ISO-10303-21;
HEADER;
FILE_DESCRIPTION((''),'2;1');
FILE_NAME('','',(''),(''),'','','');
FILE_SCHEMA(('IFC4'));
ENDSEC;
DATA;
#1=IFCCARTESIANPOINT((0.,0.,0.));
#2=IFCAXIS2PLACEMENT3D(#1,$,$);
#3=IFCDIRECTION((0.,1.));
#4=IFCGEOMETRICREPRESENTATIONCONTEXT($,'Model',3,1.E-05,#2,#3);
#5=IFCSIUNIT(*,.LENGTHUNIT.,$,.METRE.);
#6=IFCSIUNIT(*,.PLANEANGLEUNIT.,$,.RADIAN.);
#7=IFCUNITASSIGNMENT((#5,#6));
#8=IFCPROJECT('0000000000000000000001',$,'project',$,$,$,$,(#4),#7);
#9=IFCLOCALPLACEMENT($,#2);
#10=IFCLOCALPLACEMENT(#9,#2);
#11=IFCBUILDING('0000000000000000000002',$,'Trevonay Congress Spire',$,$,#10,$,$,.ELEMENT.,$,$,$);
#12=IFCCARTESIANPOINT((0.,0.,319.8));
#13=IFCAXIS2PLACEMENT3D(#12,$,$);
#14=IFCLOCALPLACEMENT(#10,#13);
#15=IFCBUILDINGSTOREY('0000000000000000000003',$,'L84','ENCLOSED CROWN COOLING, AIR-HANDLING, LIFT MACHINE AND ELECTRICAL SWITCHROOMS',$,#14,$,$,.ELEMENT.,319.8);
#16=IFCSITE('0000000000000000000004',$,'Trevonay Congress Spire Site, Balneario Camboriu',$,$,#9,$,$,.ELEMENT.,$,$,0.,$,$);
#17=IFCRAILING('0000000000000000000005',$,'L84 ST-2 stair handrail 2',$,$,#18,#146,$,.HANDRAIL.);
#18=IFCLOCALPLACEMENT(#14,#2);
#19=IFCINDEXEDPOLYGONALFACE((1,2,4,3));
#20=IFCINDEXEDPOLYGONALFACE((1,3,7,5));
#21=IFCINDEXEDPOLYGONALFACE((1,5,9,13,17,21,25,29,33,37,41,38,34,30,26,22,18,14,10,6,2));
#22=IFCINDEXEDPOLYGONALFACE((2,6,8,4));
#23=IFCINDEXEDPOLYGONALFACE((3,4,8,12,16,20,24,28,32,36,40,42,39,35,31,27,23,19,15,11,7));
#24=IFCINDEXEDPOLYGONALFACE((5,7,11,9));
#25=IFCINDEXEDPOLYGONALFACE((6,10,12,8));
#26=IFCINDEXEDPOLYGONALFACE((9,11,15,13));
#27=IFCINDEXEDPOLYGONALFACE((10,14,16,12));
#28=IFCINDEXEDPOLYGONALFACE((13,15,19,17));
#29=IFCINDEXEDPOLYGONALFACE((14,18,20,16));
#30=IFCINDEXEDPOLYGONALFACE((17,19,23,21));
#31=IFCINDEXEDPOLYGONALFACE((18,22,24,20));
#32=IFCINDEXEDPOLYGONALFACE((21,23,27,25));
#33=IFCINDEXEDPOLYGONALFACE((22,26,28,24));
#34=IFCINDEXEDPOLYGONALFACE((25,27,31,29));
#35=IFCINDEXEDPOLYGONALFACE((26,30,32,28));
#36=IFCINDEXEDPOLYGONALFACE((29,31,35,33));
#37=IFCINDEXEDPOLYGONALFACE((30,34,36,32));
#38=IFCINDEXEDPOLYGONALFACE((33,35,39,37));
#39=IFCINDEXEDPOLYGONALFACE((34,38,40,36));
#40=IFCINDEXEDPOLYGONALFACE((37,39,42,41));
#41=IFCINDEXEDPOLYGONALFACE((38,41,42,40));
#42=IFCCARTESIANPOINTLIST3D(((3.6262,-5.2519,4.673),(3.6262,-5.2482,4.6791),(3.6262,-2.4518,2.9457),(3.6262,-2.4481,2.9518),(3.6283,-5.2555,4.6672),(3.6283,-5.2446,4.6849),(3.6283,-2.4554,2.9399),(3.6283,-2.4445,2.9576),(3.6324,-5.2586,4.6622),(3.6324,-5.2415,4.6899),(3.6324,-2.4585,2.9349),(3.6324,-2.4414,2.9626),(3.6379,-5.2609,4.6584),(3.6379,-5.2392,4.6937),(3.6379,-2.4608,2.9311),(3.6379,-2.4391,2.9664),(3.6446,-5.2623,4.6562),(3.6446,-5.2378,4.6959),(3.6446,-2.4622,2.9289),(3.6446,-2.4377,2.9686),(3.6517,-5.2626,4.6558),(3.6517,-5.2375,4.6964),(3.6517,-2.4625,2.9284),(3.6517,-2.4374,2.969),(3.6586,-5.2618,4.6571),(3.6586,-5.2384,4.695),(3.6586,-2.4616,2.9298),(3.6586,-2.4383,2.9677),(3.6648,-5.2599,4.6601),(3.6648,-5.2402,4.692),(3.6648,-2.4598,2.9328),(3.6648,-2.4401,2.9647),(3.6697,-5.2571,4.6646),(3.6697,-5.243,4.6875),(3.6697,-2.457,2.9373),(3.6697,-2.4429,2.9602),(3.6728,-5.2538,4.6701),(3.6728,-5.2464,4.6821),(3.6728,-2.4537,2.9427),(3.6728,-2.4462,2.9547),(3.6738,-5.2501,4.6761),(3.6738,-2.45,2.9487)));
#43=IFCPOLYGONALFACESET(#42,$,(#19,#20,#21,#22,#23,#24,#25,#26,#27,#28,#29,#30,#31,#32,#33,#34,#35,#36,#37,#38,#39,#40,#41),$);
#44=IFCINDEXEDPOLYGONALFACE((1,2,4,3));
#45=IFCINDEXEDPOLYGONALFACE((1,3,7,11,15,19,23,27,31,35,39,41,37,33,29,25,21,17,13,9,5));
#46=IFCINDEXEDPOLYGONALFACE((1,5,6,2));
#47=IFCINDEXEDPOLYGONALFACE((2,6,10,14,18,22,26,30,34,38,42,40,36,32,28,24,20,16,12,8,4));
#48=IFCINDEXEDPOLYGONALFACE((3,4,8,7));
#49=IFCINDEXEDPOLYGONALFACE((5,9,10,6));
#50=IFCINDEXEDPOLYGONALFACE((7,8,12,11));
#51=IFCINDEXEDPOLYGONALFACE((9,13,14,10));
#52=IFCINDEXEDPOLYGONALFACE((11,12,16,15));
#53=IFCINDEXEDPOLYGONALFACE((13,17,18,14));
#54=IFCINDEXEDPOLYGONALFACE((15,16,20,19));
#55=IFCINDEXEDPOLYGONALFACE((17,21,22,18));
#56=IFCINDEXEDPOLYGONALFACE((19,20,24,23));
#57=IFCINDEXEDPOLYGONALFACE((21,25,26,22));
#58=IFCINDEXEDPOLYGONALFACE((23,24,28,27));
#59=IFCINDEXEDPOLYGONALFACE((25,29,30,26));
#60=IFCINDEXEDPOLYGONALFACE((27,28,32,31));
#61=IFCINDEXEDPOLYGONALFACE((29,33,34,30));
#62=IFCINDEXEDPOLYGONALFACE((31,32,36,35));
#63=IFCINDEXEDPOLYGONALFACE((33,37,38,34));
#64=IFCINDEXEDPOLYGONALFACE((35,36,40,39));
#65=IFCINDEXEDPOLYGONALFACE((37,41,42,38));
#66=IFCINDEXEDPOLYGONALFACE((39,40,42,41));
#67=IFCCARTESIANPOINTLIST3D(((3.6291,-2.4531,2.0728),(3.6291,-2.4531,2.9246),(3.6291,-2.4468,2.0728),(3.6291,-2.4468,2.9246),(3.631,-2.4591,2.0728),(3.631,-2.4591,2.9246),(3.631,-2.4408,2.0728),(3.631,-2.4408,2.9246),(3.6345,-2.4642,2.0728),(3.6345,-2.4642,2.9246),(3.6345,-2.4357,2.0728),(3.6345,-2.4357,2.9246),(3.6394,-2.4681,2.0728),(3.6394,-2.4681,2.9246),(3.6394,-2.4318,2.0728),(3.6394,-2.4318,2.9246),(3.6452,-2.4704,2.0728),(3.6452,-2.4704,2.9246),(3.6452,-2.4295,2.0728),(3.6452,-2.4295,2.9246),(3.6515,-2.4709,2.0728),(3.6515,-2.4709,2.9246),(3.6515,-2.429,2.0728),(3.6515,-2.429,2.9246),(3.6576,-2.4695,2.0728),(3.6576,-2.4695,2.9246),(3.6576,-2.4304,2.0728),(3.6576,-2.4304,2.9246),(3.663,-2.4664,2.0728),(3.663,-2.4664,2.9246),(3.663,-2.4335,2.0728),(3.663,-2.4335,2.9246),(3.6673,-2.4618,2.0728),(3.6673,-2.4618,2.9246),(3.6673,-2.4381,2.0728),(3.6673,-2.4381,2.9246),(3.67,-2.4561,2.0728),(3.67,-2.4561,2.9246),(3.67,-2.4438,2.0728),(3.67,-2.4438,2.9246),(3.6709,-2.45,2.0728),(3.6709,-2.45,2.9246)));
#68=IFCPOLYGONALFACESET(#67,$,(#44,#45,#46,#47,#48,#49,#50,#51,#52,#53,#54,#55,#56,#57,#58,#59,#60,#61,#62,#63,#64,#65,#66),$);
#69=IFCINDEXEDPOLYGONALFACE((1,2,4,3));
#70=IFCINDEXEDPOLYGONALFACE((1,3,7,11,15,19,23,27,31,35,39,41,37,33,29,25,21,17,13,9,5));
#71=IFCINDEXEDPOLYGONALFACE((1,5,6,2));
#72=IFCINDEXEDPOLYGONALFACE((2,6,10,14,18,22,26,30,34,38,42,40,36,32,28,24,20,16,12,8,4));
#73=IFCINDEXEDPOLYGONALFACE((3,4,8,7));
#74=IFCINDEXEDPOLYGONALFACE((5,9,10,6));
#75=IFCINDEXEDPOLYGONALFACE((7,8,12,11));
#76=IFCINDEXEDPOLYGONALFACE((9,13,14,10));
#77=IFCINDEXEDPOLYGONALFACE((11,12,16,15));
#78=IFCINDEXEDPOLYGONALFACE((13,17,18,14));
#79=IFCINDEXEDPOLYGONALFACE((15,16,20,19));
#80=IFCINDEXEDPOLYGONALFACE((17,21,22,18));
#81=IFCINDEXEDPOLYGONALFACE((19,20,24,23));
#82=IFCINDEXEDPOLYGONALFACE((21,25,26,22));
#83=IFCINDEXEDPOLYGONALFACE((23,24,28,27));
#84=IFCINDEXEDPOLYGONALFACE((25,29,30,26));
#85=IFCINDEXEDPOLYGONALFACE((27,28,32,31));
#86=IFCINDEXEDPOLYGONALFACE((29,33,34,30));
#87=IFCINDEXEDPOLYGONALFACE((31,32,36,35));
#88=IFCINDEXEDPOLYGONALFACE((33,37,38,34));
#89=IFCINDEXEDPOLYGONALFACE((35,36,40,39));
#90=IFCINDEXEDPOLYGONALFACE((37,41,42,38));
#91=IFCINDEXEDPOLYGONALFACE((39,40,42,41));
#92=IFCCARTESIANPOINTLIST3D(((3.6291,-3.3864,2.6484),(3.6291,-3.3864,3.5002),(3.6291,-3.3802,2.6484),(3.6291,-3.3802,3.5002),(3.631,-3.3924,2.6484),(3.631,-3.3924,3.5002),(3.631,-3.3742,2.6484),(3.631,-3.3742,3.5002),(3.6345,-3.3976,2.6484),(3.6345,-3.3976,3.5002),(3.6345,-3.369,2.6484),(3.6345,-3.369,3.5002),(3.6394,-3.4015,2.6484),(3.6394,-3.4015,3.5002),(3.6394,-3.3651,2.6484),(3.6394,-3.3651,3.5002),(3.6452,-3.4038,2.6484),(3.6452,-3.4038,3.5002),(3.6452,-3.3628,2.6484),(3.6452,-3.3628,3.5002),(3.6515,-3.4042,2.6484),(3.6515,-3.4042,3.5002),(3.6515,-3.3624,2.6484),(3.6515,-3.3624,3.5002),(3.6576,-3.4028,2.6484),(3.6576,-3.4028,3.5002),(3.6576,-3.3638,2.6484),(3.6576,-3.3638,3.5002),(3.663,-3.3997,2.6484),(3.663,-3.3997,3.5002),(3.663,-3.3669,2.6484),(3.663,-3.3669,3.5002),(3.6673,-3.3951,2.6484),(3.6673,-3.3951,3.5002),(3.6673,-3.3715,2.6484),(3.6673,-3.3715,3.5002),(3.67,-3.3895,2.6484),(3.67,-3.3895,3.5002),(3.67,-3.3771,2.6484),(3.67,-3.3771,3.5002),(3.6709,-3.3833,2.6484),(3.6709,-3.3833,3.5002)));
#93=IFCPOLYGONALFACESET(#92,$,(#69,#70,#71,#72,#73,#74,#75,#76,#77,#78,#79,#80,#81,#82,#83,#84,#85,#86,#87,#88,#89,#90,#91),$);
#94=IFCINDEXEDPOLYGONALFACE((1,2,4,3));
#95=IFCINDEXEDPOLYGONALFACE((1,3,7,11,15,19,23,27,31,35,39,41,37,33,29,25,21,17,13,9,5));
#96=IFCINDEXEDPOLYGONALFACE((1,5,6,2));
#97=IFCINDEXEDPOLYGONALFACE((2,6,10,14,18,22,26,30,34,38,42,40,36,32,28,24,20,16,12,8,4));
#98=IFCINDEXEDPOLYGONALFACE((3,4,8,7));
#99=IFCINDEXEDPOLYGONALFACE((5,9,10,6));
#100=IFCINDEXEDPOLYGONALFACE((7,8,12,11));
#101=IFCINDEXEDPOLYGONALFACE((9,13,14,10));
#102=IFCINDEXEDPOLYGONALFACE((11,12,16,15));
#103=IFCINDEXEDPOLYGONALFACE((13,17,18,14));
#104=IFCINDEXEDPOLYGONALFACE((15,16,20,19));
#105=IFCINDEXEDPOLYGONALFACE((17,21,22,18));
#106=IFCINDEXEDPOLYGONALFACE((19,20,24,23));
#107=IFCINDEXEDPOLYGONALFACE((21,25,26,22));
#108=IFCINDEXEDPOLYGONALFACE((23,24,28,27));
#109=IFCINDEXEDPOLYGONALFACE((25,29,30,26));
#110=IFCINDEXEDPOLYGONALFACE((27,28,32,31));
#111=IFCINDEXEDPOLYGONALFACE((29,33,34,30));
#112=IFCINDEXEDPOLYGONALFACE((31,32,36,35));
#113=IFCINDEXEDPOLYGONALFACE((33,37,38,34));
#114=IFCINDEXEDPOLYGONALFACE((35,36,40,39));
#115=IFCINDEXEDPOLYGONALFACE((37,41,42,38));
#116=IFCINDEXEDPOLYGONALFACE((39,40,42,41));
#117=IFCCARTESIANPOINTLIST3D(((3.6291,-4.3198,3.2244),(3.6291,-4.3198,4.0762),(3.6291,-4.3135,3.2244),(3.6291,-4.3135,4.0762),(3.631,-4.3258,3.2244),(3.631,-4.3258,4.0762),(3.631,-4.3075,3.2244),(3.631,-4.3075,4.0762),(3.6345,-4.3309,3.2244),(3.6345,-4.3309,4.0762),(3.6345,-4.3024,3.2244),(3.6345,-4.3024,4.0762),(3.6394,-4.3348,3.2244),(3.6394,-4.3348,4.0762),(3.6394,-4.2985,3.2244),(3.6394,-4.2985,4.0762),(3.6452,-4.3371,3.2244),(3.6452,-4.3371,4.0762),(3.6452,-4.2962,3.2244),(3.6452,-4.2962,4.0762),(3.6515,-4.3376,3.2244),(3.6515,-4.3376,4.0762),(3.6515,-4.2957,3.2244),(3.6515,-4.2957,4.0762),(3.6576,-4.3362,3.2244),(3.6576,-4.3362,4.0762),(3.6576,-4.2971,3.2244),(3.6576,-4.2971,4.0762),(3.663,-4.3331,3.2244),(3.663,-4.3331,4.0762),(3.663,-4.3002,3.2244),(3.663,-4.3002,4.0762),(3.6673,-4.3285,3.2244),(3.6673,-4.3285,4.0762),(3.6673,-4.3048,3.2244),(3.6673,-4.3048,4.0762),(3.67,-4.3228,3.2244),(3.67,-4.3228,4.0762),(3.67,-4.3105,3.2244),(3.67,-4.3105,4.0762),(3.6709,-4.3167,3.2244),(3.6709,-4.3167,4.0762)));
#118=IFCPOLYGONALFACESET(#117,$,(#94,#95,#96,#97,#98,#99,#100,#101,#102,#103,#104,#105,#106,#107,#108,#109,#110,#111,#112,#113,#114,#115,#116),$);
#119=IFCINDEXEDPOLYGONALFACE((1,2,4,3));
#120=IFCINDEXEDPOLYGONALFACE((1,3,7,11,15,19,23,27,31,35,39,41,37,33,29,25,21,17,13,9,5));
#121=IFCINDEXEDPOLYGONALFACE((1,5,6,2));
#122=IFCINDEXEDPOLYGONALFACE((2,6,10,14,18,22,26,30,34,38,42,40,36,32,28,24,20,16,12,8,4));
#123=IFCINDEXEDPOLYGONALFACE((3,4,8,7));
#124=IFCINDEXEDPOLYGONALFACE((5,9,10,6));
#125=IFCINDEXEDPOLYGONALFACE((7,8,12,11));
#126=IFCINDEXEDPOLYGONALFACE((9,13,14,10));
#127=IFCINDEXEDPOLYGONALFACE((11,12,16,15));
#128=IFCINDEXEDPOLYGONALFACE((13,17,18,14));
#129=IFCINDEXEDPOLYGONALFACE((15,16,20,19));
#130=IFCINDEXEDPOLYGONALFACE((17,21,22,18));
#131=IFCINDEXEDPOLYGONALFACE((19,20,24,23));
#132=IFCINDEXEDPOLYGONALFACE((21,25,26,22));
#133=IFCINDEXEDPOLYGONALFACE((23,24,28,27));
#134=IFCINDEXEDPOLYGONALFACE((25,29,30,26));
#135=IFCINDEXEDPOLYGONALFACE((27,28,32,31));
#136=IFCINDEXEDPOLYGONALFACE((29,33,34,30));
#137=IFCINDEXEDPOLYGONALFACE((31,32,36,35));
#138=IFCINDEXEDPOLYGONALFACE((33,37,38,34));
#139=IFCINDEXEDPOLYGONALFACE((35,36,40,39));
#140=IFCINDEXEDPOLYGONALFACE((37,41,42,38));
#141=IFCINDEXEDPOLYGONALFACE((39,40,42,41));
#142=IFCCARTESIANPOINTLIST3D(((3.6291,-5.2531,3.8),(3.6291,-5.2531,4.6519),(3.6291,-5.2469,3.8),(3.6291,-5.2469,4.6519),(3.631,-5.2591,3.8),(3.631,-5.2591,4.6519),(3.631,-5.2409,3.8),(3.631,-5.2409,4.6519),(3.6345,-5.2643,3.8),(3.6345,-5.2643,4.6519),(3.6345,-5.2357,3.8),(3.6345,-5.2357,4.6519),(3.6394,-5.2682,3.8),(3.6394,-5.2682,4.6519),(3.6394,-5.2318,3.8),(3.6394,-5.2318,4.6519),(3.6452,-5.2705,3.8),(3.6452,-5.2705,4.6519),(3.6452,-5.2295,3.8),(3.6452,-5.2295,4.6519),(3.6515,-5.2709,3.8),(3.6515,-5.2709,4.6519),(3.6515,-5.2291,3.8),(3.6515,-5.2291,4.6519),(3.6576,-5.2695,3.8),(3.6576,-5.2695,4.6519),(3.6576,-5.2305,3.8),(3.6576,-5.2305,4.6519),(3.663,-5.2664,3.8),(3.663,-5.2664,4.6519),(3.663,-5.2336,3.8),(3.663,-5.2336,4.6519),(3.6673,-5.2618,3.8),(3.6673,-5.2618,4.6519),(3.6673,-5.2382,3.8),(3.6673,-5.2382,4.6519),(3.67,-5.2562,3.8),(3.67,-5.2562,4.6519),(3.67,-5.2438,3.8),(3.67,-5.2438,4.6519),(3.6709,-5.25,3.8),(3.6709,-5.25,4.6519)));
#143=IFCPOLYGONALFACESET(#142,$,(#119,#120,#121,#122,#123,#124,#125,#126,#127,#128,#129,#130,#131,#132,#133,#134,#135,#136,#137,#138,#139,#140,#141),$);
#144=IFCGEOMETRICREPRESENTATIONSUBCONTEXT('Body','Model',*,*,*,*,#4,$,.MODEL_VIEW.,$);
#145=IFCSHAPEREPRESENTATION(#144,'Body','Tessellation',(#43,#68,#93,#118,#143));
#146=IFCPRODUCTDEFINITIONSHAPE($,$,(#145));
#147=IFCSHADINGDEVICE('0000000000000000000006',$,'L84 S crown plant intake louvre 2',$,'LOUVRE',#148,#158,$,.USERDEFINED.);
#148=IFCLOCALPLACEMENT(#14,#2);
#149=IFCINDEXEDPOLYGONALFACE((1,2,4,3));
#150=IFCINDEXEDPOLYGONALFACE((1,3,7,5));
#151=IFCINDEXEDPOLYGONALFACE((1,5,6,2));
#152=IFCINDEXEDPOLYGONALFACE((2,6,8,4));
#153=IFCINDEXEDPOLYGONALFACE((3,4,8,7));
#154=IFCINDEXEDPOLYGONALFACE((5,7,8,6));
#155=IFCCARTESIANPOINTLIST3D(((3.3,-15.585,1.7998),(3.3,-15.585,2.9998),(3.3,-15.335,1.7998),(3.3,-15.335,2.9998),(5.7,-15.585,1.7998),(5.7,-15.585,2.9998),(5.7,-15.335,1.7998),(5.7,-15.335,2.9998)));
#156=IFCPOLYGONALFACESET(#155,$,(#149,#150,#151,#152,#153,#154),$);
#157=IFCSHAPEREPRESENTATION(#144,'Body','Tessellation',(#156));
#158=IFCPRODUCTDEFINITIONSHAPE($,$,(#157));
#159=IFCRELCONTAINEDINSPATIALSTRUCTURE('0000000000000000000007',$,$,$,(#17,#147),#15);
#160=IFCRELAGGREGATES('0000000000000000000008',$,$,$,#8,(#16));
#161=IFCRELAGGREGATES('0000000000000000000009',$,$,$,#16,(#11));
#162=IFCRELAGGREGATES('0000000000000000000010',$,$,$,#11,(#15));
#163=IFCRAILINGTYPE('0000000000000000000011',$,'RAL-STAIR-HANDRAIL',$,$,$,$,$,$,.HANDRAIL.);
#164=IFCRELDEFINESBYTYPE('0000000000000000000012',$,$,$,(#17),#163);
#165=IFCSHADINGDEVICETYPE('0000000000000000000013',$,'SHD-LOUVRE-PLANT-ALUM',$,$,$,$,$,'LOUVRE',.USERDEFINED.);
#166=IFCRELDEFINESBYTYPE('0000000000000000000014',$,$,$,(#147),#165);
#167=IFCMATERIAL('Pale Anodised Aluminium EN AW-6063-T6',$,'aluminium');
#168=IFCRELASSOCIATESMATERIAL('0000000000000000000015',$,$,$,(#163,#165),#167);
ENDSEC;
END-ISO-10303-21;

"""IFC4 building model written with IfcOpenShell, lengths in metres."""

from ifc_helpers import new_model, si_unit, direction, frame, origin, origin_2d, place, context, subcontext, project, spatial, rectangle, circle, extrude, material, type_object, element, save


model = new_model("IFC4")

# Units and contexts
model_context = context("Model", 3, precision=1e-05, world=origin(), true_north=direction((0.0, 1.0)))
body_context = subcontext(model_context, "Body", "Model", "MODEL_VIEW")
ifc_project = project(units=[si_unit("LENGTHUNIT", "METRE"), si_unit("PLANEANGLEUNIT", "RADIAN")], contexts=[model_context])

# Site, building, storey
site_placement = place(None, origin())
site = spatial("IfcSite", under=ifc_project, at=site_placement, Name="Trevonay Congress Spire Site, Balneario Camboriu", CompositionType="ELEMENT", RefElevation=0.0)
building_placement = place(site_placement, origin())
building = spatial("IfcBuilding", under=site, at=building_placement, Name="Trevonay Congress Spire", CompositionType="ELEMENT")
storey_placement = place(building_placement, frame((0.0, 0.0, 319.8)))
storey = spatial("IfcBuildingStorey", under=building, at=storey_placement, Name="L84", Description="ENCLOSED CROWN COOLING, AIR-HANDLING, LIFT MACHINE AND ELECTRICAL SWITCHROOMS", CompositionType="ELEMENT", Elevation=319.8)

# Shared definitions
ifc_material_1 = material(Name="Pale Anodised Aluminium EN AW-6063-T6", Category="aluminium")

# Railing
railing_type_1 = type_object("IfcRailingType", Name="RAL-STAIR-HANDRAIL", PredefinedType="HANDRAIL", material=ifc_material_1)
railing_1_placement = place(storey_placement, frame((3.6499, -2.45, 2.0728)))
element("IfcRailing", 1, at=railing_1_placement, inside=storey, type_object=railing_type_1, Name="L84 ST-2 stair handrail 2", PredefinedType="HANDRAIL", context=body_context, shape_type="SweptSolid", body=[
    extrude(circle(Radius=0.0239, at=origin_2d()), frame((0.0, 0.0, 0.876), z_axis=(0.0, -0.85109, 0.52502), x_axis=(1.0, 0.0, 0.0)), (0.0, 0.0, 1.0), 3.29),
    extrude(circle(Radius=0.021, at=origin_2d()), origin(), (0.0, 0.0, 1.0), 0.8518),
    extrude(circle(Radius=0.021, at=origin_2d()), frame((0.0, -0.9333, 0.5757)), (0.0, 0.0, 1.0), 0.8518),
    extrude(circle(Radius=0.021, at=origin_2d()), frame((0.0, -1.8667, 1.1516)), (0.0, 0.0, 1.0), 0.8518),
    extrude(circle(Radius=0.021, at=origin_2d()), frame((0.0, -2.8, 1.7273)), (0.0, 0.0, 1.0), 0.8518),
])

# Shading device
shading_device_type = type_object("IfcShadingDeviceType", Name="SHD-LOUVRE-PLANT-ALUM", ElementType="LOUVRE", PredefinedType="USERDEFINED", material=ifc_material_1)
shading_device_placement = place(storey_placement, frame((4.5, -15.46, 1.7998), z_axis=(0.0, 0.0, 1.0), x_axis=(1.0, 0.0, 0.0)))
element("IfcShadingDevice", 2, at=shading_device_placement, inside=storey, type_object=shading_device_type, Name="L84 S crown plant intake louvre 2", ObjectType="LOUVRE", PredefinedType="USERDEFINED", context=body_context, shape_type="SweptSolid", body=[
    extrude(rectangle(XDim=2.3999, YDim=0.25, at=origin_2d()), origin(), (0.0, 0.0, 1.0), 1.2),
])

save(model, "model.ifc")
